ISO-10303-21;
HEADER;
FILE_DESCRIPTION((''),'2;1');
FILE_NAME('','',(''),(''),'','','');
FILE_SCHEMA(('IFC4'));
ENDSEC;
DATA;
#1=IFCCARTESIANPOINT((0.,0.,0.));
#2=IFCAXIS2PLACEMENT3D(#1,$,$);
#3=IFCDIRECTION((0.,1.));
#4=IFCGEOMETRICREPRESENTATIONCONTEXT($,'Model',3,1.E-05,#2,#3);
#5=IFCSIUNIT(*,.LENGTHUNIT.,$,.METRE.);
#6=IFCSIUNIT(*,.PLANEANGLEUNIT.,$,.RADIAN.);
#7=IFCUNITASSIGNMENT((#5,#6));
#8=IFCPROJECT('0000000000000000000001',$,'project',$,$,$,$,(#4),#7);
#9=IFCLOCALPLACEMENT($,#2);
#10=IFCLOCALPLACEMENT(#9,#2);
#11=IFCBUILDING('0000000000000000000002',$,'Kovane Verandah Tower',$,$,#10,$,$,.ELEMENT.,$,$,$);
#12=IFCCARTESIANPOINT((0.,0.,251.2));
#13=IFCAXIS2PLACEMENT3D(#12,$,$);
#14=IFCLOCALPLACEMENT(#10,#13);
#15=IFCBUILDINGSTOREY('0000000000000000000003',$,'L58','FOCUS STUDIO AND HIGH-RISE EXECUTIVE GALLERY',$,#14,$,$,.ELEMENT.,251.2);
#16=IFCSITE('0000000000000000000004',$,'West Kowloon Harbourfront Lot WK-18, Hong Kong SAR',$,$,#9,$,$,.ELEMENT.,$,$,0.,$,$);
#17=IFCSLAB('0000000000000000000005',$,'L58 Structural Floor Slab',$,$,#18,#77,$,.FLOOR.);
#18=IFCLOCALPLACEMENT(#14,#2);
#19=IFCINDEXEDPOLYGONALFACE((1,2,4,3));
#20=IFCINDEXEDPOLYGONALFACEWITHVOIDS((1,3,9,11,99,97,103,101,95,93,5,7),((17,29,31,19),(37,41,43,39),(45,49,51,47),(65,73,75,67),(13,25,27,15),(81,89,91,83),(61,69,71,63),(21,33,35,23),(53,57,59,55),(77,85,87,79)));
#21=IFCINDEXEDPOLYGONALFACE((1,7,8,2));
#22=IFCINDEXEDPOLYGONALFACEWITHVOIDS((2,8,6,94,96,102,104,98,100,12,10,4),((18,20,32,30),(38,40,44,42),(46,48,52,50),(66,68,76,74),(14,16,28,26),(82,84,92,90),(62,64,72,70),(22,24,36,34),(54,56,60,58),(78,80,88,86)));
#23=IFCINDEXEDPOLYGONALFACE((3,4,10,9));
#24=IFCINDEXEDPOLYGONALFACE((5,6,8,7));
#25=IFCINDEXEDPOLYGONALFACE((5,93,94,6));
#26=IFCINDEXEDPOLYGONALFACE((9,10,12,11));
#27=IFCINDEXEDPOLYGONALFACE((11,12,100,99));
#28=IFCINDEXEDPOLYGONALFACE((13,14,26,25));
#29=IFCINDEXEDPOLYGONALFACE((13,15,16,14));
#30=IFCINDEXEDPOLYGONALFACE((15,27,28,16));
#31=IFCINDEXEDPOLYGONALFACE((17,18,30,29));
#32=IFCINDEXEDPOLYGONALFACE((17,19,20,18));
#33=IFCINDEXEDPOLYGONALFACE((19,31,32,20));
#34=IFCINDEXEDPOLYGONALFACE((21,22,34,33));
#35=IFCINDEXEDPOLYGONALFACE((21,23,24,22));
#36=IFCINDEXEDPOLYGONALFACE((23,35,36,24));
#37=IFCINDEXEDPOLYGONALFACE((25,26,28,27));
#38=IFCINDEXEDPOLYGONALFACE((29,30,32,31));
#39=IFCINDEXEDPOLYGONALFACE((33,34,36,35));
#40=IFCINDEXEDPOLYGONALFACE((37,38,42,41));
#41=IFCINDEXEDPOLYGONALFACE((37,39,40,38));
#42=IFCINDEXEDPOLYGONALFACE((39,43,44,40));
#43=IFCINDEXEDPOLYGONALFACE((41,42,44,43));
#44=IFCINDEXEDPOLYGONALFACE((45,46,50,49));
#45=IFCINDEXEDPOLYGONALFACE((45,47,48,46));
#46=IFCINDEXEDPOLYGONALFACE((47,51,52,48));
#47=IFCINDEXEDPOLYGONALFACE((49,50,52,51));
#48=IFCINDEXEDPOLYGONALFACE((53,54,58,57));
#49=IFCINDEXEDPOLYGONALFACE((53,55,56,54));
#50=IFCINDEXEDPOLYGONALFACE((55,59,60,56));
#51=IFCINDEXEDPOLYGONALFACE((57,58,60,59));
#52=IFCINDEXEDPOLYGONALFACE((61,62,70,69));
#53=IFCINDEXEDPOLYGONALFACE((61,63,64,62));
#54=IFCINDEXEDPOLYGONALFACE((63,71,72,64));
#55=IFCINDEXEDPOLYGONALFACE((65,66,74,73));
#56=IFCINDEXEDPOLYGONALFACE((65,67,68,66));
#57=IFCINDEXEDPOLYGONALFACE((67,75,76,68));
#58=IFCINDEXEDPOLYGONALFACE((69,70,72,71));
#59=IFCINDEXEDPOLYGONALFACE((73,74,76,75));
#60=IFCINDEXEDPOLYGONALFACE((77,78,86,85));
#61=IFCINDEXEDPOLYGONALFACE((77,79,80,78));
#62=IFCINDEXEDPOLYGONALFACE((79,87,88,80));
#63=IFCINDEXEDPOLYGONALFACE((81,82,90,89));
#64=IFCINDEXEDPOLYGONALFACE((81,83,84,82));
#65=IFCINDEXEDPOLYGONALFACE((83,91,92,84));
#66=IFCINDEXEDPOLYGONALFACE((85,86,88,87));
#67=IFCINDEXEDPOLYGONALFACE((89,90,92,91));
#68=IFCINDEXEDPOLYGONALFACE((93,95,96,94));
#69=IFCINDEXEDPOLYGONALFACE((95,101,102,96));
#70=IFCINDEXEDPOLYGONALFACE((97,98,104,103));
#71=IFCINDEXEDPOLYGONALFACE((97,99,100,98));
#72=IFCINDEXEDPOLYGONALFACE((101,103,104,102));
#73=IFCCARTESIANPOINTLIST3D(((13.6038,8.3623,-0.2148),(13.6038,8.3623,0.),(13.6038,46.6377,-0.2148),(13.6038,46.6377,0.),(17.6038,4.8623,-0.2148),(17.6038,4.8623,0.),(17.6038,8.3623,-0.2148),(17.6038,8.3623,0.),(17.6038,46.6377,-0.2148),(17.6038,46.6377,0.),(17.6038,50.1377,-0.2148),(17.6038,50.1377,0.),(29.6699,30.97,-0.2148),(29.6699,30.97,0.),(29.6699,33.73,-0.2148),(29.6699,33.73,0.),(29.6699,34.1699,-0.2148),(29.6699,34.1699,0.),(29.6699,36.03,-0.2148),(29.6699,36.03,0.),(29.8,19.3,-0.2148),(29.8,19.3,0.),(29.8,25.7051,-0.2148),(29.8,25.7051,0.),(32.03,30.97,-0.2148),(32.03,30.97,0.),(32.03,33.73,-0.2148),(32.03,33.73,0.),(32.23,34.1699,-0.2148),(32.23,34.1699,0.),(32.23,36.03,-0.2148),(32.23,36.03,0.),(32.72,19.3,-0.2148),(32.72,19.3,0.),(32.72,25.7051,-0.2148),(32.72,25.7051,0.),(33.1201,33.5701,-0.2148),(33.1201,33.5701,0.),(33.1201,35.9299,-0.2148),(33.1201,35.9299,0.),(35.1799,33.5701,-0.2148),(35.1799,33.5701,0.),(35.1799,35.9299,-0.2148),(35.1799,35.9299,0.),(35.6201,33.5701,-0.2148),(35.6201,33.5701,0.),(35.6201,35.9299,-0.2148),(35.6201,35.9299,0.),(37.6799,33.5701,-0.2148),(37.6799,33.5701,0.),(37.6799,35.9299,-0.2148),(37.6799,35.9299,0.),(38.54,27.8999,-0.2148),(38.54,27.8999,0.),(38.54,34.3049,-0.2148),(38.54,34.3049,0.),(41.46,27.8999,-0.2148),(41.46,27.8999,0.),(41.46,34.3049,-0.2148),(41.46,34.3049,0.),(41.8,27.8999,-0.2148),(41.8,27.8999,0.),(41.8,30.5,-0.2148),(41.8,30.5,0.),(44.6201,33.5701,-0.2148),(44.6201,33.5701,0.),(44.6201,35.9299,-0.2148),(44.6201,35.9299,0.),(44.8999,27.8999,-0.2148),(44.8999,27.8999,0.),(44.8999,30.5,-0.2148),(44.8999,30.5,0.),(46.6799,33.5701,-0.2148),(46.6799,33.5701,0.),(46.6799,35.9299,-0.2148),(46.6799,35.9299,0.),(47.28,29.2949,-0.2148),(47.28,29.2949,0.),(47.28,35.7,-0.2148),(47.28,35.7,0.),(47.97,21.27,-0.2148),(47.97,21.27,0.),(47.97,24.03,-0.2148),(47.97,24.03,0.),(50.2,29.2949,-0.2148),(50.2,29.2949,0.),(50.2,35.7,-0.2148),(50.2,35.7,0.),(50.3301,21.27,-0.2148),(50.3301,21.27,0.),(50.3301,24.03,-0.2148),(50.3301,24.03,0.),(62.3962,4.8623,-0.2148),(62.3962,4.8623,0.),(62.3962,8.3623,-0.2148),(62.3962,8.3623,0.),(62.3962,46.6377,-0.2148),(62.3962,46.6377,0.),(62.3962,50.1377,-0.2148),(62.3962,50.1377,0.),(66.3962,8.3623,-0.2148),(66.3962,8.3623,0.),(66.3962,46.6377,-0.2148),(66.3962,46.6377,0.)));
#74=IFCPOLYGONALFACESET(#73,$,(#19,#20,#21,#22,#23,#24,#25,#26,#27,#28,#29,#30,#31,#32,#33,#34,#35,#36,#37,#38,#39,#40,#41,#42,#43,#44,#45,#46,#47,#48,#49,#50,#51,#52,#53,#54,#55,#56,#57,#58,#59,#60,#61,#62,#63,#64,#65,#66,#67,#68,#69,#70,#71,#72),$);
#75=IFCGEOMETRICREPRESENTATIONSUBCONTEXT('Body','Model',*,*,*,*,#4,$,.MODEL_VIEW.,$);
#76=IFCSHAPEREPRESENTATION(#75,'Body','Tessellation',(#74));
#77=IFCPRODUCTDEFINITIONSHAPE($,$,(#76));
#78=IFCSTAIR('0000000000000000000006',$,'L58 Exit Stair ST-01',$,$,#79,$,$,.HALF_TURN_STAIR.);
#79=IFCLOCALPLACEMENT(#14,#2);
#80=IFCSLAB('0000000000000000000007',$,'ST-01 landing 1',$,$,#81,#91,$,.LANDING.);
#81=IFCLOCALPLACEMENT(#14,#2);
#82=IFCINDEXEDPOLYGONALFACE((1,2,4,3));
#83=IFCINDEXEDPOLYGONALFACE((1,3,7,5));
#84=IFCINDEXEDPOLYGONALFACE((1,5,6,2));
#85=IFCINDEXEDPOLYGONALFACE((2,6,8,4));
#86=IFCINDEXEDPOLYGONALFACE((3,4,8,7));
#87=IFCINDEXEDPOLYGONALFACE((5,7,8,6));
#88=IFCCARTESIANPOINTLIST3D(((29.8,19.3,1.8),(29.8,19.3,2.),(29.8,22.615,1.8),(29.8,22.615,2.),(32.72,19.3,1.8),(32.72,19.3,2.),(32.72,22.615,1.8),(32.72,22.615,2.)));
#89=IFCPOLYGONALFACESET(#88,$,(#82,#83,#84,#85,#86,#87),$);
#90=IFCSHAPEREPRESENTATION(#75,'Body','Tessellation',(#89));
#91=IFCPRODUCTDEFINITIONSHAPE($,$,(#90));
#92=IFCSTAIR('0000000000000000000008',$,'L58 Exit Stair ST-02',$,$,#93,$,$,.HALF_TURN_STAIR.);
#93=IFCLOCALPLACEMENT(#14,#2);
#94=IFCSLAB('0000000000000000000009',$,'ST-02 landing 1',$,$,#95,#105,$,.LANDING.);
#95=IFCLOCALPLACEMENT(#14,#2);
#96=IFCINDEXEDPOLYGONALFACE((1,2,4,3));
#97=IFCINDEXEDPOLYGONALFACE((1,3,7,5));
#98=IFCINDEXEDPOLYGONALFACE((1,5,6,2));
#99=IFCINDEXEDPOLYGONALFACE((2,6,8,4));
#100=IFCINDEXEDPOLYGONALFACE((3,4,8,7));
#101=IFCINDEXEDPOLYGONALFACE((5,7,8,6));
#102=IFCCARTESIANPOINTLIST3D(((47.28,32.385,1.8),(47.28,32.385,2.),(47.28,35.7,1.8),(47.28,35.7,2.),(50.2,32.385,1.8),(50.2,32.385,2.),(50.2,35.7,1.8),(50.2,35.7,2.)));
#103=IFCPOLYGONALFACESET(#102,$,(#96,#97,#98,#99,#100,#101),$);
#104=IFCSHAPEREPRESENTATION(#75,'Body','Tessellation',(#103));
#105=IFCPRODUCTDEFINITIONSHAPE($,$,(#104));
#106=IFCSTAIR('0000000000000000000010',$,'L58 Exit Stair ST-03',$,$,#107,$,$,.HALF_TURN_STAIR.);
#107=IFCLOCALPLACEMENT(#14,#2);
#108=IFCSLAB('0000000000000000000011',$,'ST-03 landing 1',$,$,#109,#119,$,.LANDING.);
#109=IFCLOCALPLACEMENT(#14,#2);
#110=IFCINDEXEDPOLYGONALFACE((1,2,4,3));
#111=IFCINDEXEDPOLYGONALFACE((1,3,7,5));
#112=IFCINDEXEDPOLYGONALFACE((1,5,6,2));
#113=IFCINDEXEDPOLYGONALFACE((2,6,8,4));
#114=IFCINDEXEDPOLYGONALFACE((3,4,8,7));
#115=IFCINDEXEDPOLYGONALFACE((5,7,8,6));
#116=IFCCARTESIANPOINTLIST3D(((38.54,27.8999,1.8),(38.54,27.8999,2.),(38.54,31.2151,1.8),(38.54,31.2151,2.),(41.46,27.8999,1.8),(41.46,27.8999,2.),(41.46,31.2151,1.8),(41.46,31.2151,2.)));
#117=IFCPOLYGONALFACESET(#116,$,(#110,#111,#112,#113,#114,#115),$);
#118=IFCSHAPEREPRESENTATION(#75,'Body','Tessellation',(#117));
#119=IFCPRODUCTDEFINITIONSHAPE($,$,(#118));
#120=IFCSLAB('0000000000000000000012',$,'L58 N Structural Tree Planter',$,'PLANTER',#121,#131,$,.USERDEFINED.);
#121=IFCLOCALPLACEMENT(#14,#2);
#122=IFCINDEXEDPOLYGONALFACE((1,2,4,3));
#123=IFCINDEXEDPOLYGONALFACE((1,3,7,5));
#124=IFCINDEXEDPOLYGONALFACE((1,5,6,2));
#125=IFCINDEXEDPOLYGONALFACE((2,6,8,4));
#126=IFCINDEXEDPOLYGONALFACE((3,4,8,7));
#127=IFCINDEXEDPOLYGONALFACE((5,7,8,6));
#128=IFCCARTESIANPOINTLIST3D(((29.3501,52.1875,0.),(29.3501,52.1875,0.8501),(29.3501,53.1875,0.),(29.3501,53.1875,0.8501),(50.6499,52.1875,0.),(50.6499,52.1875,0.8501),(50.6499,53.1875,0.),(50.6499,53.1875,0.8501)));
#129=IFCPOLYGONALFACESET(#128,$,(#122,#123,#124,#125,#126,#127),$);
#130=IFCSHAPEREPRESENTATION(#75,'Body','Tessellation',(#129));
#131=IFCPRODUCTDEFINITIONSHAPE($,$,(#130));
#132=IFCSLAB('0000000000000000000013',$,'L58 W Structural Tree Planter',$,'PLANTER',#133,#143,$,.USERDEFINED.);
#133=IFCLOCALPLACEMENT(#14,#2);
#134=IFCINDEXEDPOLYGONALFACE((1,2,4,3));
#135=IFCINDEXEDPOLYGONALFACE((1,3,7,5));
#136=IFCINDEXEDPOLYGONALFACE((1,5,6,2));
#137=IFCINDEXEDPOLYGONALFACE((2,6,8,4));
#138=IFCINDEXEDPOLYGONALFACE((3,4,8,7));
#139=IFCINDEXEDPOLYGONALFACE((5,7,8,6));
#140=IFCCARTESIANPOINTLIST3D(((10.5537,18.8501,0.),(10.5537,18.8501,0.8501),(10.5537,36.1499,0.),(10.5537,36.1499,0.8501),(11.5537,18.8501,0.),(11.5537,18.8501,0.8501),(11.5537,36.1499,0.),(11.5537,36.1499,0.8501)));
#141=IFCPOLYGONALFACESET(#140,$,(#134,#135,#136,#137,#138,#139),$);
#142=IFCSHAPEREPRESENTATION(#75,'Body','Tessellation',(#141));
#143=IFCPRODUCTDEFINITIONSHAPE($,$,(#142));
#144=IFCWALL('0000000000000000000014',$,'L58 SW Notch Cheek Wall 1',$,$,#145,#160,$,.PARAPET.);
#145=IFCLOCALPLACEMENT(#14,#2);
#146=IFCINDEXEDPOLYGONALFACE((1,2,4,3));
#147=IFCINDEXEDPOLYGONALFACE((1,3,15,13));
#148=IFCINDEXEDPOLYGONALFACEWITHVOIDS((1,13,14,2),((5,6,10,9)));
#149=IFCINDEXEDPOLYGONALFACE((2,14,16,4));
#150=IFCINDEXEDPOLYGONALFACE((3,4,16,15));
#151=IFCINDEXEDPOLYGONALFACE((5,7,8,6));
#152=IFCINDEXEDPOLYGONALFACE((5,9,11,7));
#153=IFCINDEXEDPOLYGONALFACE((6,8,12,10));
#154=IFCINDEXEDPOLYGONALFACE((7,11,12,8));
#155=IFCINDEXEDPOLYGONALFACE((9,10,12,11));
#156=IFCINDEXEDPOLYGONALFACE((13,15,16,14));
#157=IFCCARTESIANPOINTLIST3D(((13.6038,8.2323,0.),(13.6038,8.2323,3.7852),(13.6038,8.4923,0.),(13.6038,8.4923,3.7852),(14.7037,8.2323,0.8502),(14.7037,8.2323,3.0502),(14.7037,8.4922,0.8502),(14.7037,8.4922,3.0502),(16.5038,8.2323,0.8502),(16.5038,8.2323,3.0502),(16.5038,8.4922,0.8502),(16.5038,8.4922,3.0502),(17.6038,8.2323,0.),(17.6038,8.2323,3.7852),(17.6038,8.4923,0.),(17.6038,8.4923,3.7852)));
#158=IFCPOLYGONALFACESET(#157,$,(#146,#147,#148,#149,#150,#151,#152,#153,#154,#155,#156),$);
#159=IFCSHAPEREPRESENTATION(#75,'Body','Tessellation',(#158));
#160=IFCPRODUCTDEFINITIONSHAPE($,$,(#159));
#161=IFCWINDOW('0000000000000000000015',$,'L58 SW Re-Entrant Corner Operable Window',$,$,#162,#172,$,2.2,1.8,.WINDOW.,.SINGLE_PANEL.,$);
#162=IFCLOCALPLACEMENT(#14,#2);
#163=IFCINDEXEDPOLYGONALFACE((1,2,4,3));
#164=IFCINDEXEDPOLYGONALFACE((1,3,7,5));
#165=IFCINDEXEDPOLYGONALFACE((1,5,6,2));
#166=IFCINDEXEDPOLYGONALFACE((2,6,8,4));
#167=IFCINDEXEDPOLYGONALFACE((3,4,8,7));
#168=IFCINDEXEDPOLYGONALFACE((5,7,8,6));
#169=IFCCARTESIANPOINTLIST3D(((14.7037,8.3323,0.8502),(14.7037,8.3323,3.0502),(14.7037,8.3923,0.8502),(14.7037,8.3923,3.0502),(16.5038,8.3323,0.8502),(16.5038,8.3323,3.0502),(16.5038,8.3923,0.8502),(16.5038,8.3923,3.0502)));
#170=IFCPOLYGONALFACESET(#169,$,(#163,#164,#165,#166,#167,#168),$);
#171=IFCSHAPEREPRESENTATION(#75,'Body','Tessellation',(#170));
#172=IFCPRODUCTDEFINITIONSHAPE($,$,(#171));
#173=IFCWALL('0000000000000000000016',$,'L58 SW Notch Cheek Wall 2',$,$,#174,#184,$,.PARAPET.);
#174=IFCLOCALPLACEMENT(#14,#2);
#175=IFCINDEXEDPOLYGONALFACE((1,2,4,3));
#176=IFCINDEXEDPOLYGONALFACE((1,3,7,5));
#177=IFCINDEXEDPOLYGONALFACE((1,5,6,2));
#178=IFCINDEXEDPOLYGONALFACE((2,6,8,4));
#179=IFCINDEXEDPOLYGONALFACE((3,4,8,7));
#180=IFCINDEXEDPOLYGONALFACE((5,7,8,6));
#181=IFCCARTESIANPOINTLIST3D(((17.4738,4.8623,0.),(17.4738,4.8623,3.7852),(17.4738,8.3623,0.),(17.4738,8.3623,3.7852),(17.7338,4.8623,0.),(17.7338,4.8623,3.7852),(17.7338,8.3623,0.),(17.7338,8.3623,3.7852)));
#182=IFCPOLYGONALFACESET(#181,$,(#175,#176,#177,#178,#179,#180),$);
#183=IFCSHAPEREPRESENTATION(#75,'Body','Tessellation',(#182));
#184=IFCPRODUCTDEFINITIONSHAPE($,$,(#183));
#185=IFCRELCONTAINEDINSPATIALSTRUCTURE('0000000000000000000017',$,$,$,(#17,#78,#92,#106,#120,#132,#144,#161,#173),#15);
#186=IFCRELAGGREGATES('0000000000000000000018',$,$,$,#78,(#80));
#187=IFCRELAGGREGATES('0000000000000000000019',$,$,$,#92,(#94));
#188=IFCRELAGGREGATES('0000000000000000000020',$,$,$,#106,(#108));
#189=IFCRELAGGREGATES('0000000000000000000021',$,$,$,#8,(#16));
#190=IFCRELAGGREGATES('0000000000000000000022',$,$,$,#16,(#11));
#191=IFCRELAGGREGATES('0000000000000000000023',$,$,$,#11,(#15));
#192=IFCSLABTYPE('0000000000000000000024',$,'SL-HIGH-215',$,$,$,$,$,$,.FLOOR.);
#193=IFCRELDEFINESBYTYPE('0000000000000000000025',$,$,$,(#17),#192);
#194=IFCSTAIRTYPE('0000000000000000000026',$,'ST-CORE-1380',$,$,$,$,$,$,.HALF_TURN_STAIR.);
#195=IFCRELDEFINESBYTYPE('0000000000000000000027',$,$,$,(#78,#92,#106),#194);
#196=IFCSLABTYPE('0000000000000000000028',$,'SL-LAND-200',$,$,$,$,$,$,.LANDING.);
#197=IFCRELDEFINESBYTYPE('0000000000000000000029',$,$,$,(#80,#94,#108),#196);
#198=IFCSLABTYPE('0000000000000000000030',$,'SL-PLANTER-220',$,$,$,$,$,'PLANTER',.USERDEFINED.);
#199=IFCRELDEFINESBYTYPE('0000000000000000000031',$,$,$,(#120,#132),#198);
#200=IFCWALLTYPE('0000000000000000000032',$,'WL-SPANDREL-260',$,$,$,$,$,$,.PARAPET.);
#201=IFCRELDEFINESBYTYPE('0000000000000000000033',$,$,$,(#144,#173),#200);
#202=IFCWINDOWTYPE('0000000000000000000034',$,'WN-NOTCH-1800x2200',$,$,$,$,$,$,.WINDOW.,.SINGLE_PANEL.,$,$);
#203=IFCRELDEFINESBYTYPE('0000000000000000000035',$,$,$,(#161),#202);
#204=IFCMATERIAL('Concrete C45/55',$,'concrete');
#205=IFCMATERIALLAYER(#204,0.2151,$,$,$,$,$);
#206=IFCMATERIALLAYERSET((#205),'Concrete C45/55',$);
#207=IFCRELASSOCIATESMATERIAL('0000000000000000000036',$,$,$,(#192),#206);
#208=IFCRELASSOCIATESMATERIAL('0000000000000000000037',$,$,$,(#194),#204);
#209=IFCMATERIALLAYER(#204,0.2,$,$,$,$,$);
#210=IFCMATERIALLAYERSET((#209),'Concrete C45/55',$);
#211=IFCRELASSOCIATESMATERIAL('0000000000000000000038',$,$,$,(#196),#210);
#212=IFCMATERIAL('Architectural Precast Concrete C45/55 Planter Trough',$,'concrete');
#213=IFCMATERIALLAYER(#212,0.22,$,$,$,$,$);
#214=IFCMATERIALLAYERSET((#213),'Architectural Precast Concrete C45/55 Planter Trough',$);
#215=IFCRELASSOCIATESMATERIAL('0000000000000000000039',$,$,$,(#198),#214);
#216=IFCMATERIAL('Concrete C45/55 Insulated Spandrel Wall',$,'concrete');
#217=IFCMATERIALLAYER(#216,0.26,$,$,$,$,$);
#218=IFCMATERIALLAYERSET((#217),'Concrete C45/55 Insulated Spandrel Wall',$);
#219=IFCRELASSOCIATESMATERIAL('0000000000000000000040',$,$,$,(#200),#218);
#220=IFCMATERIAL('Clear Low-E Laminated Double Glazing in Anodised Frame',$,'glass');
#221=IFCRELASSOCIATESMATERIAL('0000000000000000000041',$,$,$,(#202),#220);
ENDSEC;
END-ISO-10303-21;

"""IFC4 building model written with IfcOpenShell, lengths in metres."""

from ifc_helpers import new_model, si_unit, direction, frame, frame_2d, origin, place, context, subcontext, project, spatial, polyline, rectangle, outline, extrude, material, layer, layer_set, type_object, element, fill, aggregate, save


model = new_model("IFC4")

# Units and contexts
model_context = context("Model", 3, precision=1e-05, world=origin(), true_north=direction((0.0, 1.0)))
body_context = subcontext(model_context, "Body", "Model", "MODEL_VIEW")
ifc_project = project(units=[si_unit("LENGTHUNIT", "METRE"), si_unit("PLANEANGLEUNIT", "RADIAN")], contexts=[model_context])

# Site, building, storey
site_placement = place(None, origin())
site = spatial("IfcSite", under=ifc_project, at=site_placement, Name="West Kowloon Harbourfront Lot WK-18, Hong Kong SAR", CompositionType="ELEMENT", RefElevation=0.0)
building_placement = place(site_placement, origin())
building = spatial("IfcBuilding", under=site, at=building_placement, Name="Kovane Verandah Tower", CompositionType="ELEMENT")
storey_placement = place(building_placement, frame((0.0, 0.0, 251.2)))
storey = spatial("IfcBuildingStorey", under=building, at=storey_placement, Name="L58", Description="FOCUS STUDIO AND HIGH-RISE EXECUTIVE GALLERY", CompositionType="ELEMENT", Elevation=251.2)

# Slab
ifc_material_1 = material(Name="Concrete C45/55", Category="concrete")
ifc_layer_1 = layer(ifc_material_1, 0.2151)
ifc_layer_set_1 = layer_set([ifc_layer_1], Name="Concrete C45/55")
slab_type_1 = type_object("IfcSlabType", Name="SL-HIGH-215", PredefinedType="FLOOR", material=ifc_layer_set_1)
slab_1_placement = place(storey_placement, frame((0.0, 0.0, -0.2148)))
element("IfcSlab", 1, at=slab_1_placement, inside=storey, type_object=slab_type_1, Name="L58 Structural Floor Slab", PredefinedType="FLOOR", context=body_context, shape_type="SweptSolid", body=[
    extrude(outline(polyline([(17.6038, 4.8623), (62.3962, 4.8623), (62.3962, 8.3623), (66.3962, 8.3623), (66.3962, 46.6377), (62.3962, 46.6377), (62.3962, 50.1377), (17.6038, 50.1377), (17.6038, 46.6377), (13.6038, 46.6377), (13.6038, 8.3623), (17.6038, 8.3623), (17.6038, 4.8623)]), holes=[polyline([(29.8, 19.3), (32.72, 19.3), (32.72, 25.7051), (29.8, 25.7051), (29.8, 19.3)]), polyline([(47.28, 29.2949), (50.2, 29.2949), (50.2, 35.7), (47.28, 35.7), (47.28, 29.2949)]), polyline([(38.54, 27.8999), (41.46, 27.8999), (41.46, 34.3049), (38.54, 34.3049), (38.54, 27.8999)]), polyline([(29.6699, 30.97), (32.03, 30.97), (32.03, 33.73), (29.6699, 33.73), (29.6699, 30.97)]), polyline([(47.97, 21.27), (50.3301, 21.27), (50.3301, 24.03), (47.97, 24.03), (47.97, 21.27)]), polyline([(29.6699, 34.1699), (32.23, 34.1699), (32.23, 36.03), (29.6699, 36.03), (29.6699, 34.1699)]), polyline([(33.1201, 33.5701), (35.1799, 33.5701), (35.1799, 35.9299), (33.1201, 35.9299), (33.1201, 33.5701)]), polyline([(35.6201, 33.5701), (37.6799, 33.5701), (37.6799, 35.9299), (35.6201, 35.9299), (35.6201, 33.5701)]), polyline([(44.6201, 33.5701), (46.6799, 33.5701), (46.6799, 35.9299), (44.6201, 35.9299), (44.6201, 33.5701)]), polyline([(41.8, 27.8999), (44.8999, 27.8999), (44.8999, 30.5), (41.8, 30.5), (41.8, 27.8999)])]), origin(), (0.0, 0.0, 1.0), 0.2148),
])

# Stairs, slabs
stair_type = type_object("IfcStairType", Name="ST-CORE-1380", PredefinedType="HALF_TURN_STAIR", material=ifc_material_1)
stair_1_placement = place(storey_placement, origin())
stair_1 = element("IfcStair", 2, at=stair_1_placement, inside=storey, type_object=stair_type, Name="L58 Exit Stair ST-01", PredefinedType="HALF_TURN_STAIR")
ifc_layer_2 = layer(ifc_material_1, 0.2)
ifc_layer_set_2 = layer_set([ifc_layer_2], Name="Concrete C45/55")
slab_type_2 = type_object("IfcSlabType", Name="SL-LAND-200", PredefinedType="LANDING", material=ifc_layer_set_2)
slab_2_placement = place(storey_placement, frame((0.0, 0.0, 1.8)))
slab_2 = element("IfcSlab", 3, at=slab_2_placement, type_object=slab_type_2, Name="ST-01 landing 1", PredefinedType="LANDING", context=body_context, shape_type="SweptSolid", body=[
    extrude(outline(polyline([(29.8, 22.615), (29.8, 19.3), (32.72, 19.3), (32.72, 22.615), (29.8, 22.615)])), origin(), (0.0, 0.0, 1.0), 0.2),
])
aggregate(stair_1, [slab_2])
stair_2_placement = place(storey_placement, origin())
stair_2 = element("IfcStair", 4, at=stair_2_placement, inside=storey, type_object=stair_type, Name="L58 Exit Stair ST-02", PredefinedType="HALF_TURN_STAIR")
slab_3_placement = place(storey_placement, frame((0.0, 0.0, 1.8)))
slab_3 = element("IfcSlab", 5, at=slab_3_placement, type_object=slab_type_2, Name="ST-02 landing 1", PredefinedType="LANDING", context=body_context, shape_type="SweptSolid", body=[
    extrude(outline(polyline([(50.2, 32.385), (50.2, 35.7), (47.28, 35.7), (47.28, 32.385), (50.2, 32.385)])), origin(), (0.0, 0.0, 1.0), 0.2),
])
aggregate(stair_2, [slab_3])
stair_3_placement = place(storey_placement, origin())
stair_3 = element("IfcStair", 6, at=stair_3_placement, inside=storey, type_object=stair_type, Name="L58 Exit Stair ST-03", PredefinedType="HALF_TURN_STAIR")
slab_4_placement = place(storey_placement, frame((0.0, 0.0, 1.8)))
slab_4 = element("IfcSlab", 7, at=slab_4_placement, type_object=slab_type_2, Name="ST-03 landing 1", PredefinedType="LANDING", context=body_context, shape_type="SweptSolid", body=[
    extrude(outline(polyline([(38.54, 31.2151), (38.54, 27.8999), (41.46, 27.8999), (41.46, 31.2151), (38.54, 31.2151)])), origin(), (0.0, 0.0, 1.0), 0.2),
])
aggregate(stair_3, [slab_4])

# Slabs
ifc_material_2 = material(Name="Architectural Precast Concrete C45/55 Planter Trough", Category="concrete")
ifc_layer_3 = layer(ifc_material_2, 0.22)
ifc_layer_set_3 = layer_set([ifc_layer_3], Name="Architectural Precast Concrete C45/55 Planter Trough")
slab_type_3 = type_object("IfcSlabType", Name="SL-PLANTER-220", ElementType="PLANTER", PredefinedType="USERDEFINED", material=ifc_layer_set_3)
slab_5_placement = place(storey_placement, origin())
element("IfcSlab", 8, at=slab_5_placement, inside=storey, type_object=slab_type_3, Name="L58 N Structural Tree Planter", ObjectType="PLANTER", PredefinedType="USERDEFINED", context=body_context, shape_type="SweptSolid", body=[
    extrude(outline(polyline([(29.3501, 52.1875), (50.6499, 52.1875), (50.6499, 53.1875), (29.3501, 53.1875), (29.3501, 52.1875)])), origin(), (0.0, 0.0, 1.0), 0.8501),
])
slab_6_placement = place(storey_placement, origin())
element("IfcSlab", 9, at=slab_6_placement, inside=storey, type_object=slab_type_3, Name="L58 W Structural Tree Planter", ObjectType="PLANTER", PredefinedType="USERDEFINED", context=body_context, shape_type="SweptSolid", body=[
    extrude(outline(polyline([(10.5537, 18.8501), (11.5537, 18.8501), (11.5537, 36.1499), (10.5537, 36.1499), (10.5537, 18.8501)])), origin(), (0.0, 0.0, 1.0), 0.8501),
])

# Wall, opening, window
ifc_material_3 = material(Name="Concrete C45/55 Insulated Spandrel Wall", Category="concrete")
ifc_layer_4 = layer(ifc_material_3, 0.26)
ifc_layer_set_4 = layer_set([ifc_layer_4], Name="Concrete C45/55 Insulated Spandrel Wall")
wall_type = type_object("IfcWallType", Name="WL-SPANDREL-260", PredefinedType="PARAPET", material=ifc_layer_set_4)
wall_1_placement = place(storey_placement, frame((13.6038, 8.3623, 0.0), z_axis=(0.0, 0.0, 1.0), x_axis=(1.0, 0.0, 0.0)))
wall_1 = element("IfcWall", 10, at=wall_1_placement, inside=storey, type_object=wall_type, Name="L58 SW Notch Cheek Wall 1", PredefinedType="PARAPET", context=body_context, shape_type="SweptSolid", body=[
    extrude(rectangle(XDim=4.0, YDim=0.26, at=frame_2d((2.0, 0.0))), origin(), (0.0, 0.0, 1.0), 3.7852),
])
opening_placement = place(wall_1_placement, frame((1.1001, 0.0, 0.8501)))
opening = element("IfcOpeningElement", 11, at=opening_placement, cuts=wall_1, PredefinedType="OPENING", context=body_context, shape_type="SweptSolid", body=[
    extrude(rectangle(XDim=1.8, YDim=2.2, at=frame_2d((0.8999, 1.1001))), frame((0.0, 0.1299, 0.0), z_axis=(0.0, -1.0, 0.0), x_axis=(1.0, 0.0, 0.0)), (0.0, 0.0, 1.0), 0.26),
])
ifc_material_4 = material(Name="Clear Low-E Laminated Double Glazing in Anodised Frame", Category="glass")
window_type = type_object("IfcWindowType", Name="WN-NOTCH-1800x2200", PartitioningType="SINGLE_PANEL", PredefinedType="WINDOW", material=ifc_material_4)
window_placement = place(opening_placement, origin())
window = element("IfcWindow", 12, at=window_placement, inside=storey, type_object=window_type, Name="L58 SW Re-Entrant Corner Operable Window", OverallHeight=2.2, OverallWidth=1.8, PartitioningType="SINGLE_PANEL", PredefinedType="WINDOW", context=body_context, shape_type="SweptSolid", body=[
    extrude(rectangle(XDim=1.8, YDim=2.2, at=frame_2d((0.8999, 1.1001))), frame((0.0, 0.03, 0.0), z_axis=(0.0, -1.0, 0.0), x_axis=(1.0, 0.0, 0.0)), (0.0, 0.0, 1.0), 0.0601),
])
fill(opening, window)

# Wall
wall_2_placement = place(storey_placement, frame((17.6038, 8.3623, 0.0), z_axis=(0.0, 0.0, 1.0), x_axis=(0.0, -1.0, 0.0)))
element("IfcWall", 13, at=wall_2_placement, inside=storey, type_object=wall_type, Name="L58 SW Notch Cheek Wall 2", PredefinedType="PARAPET", context=body_context, shape_type="SweptSolid", body=[
    extrude(rectangle(XDim=3.5, YDim=0.26, at=frame_2d((1.75, 0.0))), origin(), (0.0, 0.0, 1.0), 3.7852),
])

save(model, "model.ifc")
